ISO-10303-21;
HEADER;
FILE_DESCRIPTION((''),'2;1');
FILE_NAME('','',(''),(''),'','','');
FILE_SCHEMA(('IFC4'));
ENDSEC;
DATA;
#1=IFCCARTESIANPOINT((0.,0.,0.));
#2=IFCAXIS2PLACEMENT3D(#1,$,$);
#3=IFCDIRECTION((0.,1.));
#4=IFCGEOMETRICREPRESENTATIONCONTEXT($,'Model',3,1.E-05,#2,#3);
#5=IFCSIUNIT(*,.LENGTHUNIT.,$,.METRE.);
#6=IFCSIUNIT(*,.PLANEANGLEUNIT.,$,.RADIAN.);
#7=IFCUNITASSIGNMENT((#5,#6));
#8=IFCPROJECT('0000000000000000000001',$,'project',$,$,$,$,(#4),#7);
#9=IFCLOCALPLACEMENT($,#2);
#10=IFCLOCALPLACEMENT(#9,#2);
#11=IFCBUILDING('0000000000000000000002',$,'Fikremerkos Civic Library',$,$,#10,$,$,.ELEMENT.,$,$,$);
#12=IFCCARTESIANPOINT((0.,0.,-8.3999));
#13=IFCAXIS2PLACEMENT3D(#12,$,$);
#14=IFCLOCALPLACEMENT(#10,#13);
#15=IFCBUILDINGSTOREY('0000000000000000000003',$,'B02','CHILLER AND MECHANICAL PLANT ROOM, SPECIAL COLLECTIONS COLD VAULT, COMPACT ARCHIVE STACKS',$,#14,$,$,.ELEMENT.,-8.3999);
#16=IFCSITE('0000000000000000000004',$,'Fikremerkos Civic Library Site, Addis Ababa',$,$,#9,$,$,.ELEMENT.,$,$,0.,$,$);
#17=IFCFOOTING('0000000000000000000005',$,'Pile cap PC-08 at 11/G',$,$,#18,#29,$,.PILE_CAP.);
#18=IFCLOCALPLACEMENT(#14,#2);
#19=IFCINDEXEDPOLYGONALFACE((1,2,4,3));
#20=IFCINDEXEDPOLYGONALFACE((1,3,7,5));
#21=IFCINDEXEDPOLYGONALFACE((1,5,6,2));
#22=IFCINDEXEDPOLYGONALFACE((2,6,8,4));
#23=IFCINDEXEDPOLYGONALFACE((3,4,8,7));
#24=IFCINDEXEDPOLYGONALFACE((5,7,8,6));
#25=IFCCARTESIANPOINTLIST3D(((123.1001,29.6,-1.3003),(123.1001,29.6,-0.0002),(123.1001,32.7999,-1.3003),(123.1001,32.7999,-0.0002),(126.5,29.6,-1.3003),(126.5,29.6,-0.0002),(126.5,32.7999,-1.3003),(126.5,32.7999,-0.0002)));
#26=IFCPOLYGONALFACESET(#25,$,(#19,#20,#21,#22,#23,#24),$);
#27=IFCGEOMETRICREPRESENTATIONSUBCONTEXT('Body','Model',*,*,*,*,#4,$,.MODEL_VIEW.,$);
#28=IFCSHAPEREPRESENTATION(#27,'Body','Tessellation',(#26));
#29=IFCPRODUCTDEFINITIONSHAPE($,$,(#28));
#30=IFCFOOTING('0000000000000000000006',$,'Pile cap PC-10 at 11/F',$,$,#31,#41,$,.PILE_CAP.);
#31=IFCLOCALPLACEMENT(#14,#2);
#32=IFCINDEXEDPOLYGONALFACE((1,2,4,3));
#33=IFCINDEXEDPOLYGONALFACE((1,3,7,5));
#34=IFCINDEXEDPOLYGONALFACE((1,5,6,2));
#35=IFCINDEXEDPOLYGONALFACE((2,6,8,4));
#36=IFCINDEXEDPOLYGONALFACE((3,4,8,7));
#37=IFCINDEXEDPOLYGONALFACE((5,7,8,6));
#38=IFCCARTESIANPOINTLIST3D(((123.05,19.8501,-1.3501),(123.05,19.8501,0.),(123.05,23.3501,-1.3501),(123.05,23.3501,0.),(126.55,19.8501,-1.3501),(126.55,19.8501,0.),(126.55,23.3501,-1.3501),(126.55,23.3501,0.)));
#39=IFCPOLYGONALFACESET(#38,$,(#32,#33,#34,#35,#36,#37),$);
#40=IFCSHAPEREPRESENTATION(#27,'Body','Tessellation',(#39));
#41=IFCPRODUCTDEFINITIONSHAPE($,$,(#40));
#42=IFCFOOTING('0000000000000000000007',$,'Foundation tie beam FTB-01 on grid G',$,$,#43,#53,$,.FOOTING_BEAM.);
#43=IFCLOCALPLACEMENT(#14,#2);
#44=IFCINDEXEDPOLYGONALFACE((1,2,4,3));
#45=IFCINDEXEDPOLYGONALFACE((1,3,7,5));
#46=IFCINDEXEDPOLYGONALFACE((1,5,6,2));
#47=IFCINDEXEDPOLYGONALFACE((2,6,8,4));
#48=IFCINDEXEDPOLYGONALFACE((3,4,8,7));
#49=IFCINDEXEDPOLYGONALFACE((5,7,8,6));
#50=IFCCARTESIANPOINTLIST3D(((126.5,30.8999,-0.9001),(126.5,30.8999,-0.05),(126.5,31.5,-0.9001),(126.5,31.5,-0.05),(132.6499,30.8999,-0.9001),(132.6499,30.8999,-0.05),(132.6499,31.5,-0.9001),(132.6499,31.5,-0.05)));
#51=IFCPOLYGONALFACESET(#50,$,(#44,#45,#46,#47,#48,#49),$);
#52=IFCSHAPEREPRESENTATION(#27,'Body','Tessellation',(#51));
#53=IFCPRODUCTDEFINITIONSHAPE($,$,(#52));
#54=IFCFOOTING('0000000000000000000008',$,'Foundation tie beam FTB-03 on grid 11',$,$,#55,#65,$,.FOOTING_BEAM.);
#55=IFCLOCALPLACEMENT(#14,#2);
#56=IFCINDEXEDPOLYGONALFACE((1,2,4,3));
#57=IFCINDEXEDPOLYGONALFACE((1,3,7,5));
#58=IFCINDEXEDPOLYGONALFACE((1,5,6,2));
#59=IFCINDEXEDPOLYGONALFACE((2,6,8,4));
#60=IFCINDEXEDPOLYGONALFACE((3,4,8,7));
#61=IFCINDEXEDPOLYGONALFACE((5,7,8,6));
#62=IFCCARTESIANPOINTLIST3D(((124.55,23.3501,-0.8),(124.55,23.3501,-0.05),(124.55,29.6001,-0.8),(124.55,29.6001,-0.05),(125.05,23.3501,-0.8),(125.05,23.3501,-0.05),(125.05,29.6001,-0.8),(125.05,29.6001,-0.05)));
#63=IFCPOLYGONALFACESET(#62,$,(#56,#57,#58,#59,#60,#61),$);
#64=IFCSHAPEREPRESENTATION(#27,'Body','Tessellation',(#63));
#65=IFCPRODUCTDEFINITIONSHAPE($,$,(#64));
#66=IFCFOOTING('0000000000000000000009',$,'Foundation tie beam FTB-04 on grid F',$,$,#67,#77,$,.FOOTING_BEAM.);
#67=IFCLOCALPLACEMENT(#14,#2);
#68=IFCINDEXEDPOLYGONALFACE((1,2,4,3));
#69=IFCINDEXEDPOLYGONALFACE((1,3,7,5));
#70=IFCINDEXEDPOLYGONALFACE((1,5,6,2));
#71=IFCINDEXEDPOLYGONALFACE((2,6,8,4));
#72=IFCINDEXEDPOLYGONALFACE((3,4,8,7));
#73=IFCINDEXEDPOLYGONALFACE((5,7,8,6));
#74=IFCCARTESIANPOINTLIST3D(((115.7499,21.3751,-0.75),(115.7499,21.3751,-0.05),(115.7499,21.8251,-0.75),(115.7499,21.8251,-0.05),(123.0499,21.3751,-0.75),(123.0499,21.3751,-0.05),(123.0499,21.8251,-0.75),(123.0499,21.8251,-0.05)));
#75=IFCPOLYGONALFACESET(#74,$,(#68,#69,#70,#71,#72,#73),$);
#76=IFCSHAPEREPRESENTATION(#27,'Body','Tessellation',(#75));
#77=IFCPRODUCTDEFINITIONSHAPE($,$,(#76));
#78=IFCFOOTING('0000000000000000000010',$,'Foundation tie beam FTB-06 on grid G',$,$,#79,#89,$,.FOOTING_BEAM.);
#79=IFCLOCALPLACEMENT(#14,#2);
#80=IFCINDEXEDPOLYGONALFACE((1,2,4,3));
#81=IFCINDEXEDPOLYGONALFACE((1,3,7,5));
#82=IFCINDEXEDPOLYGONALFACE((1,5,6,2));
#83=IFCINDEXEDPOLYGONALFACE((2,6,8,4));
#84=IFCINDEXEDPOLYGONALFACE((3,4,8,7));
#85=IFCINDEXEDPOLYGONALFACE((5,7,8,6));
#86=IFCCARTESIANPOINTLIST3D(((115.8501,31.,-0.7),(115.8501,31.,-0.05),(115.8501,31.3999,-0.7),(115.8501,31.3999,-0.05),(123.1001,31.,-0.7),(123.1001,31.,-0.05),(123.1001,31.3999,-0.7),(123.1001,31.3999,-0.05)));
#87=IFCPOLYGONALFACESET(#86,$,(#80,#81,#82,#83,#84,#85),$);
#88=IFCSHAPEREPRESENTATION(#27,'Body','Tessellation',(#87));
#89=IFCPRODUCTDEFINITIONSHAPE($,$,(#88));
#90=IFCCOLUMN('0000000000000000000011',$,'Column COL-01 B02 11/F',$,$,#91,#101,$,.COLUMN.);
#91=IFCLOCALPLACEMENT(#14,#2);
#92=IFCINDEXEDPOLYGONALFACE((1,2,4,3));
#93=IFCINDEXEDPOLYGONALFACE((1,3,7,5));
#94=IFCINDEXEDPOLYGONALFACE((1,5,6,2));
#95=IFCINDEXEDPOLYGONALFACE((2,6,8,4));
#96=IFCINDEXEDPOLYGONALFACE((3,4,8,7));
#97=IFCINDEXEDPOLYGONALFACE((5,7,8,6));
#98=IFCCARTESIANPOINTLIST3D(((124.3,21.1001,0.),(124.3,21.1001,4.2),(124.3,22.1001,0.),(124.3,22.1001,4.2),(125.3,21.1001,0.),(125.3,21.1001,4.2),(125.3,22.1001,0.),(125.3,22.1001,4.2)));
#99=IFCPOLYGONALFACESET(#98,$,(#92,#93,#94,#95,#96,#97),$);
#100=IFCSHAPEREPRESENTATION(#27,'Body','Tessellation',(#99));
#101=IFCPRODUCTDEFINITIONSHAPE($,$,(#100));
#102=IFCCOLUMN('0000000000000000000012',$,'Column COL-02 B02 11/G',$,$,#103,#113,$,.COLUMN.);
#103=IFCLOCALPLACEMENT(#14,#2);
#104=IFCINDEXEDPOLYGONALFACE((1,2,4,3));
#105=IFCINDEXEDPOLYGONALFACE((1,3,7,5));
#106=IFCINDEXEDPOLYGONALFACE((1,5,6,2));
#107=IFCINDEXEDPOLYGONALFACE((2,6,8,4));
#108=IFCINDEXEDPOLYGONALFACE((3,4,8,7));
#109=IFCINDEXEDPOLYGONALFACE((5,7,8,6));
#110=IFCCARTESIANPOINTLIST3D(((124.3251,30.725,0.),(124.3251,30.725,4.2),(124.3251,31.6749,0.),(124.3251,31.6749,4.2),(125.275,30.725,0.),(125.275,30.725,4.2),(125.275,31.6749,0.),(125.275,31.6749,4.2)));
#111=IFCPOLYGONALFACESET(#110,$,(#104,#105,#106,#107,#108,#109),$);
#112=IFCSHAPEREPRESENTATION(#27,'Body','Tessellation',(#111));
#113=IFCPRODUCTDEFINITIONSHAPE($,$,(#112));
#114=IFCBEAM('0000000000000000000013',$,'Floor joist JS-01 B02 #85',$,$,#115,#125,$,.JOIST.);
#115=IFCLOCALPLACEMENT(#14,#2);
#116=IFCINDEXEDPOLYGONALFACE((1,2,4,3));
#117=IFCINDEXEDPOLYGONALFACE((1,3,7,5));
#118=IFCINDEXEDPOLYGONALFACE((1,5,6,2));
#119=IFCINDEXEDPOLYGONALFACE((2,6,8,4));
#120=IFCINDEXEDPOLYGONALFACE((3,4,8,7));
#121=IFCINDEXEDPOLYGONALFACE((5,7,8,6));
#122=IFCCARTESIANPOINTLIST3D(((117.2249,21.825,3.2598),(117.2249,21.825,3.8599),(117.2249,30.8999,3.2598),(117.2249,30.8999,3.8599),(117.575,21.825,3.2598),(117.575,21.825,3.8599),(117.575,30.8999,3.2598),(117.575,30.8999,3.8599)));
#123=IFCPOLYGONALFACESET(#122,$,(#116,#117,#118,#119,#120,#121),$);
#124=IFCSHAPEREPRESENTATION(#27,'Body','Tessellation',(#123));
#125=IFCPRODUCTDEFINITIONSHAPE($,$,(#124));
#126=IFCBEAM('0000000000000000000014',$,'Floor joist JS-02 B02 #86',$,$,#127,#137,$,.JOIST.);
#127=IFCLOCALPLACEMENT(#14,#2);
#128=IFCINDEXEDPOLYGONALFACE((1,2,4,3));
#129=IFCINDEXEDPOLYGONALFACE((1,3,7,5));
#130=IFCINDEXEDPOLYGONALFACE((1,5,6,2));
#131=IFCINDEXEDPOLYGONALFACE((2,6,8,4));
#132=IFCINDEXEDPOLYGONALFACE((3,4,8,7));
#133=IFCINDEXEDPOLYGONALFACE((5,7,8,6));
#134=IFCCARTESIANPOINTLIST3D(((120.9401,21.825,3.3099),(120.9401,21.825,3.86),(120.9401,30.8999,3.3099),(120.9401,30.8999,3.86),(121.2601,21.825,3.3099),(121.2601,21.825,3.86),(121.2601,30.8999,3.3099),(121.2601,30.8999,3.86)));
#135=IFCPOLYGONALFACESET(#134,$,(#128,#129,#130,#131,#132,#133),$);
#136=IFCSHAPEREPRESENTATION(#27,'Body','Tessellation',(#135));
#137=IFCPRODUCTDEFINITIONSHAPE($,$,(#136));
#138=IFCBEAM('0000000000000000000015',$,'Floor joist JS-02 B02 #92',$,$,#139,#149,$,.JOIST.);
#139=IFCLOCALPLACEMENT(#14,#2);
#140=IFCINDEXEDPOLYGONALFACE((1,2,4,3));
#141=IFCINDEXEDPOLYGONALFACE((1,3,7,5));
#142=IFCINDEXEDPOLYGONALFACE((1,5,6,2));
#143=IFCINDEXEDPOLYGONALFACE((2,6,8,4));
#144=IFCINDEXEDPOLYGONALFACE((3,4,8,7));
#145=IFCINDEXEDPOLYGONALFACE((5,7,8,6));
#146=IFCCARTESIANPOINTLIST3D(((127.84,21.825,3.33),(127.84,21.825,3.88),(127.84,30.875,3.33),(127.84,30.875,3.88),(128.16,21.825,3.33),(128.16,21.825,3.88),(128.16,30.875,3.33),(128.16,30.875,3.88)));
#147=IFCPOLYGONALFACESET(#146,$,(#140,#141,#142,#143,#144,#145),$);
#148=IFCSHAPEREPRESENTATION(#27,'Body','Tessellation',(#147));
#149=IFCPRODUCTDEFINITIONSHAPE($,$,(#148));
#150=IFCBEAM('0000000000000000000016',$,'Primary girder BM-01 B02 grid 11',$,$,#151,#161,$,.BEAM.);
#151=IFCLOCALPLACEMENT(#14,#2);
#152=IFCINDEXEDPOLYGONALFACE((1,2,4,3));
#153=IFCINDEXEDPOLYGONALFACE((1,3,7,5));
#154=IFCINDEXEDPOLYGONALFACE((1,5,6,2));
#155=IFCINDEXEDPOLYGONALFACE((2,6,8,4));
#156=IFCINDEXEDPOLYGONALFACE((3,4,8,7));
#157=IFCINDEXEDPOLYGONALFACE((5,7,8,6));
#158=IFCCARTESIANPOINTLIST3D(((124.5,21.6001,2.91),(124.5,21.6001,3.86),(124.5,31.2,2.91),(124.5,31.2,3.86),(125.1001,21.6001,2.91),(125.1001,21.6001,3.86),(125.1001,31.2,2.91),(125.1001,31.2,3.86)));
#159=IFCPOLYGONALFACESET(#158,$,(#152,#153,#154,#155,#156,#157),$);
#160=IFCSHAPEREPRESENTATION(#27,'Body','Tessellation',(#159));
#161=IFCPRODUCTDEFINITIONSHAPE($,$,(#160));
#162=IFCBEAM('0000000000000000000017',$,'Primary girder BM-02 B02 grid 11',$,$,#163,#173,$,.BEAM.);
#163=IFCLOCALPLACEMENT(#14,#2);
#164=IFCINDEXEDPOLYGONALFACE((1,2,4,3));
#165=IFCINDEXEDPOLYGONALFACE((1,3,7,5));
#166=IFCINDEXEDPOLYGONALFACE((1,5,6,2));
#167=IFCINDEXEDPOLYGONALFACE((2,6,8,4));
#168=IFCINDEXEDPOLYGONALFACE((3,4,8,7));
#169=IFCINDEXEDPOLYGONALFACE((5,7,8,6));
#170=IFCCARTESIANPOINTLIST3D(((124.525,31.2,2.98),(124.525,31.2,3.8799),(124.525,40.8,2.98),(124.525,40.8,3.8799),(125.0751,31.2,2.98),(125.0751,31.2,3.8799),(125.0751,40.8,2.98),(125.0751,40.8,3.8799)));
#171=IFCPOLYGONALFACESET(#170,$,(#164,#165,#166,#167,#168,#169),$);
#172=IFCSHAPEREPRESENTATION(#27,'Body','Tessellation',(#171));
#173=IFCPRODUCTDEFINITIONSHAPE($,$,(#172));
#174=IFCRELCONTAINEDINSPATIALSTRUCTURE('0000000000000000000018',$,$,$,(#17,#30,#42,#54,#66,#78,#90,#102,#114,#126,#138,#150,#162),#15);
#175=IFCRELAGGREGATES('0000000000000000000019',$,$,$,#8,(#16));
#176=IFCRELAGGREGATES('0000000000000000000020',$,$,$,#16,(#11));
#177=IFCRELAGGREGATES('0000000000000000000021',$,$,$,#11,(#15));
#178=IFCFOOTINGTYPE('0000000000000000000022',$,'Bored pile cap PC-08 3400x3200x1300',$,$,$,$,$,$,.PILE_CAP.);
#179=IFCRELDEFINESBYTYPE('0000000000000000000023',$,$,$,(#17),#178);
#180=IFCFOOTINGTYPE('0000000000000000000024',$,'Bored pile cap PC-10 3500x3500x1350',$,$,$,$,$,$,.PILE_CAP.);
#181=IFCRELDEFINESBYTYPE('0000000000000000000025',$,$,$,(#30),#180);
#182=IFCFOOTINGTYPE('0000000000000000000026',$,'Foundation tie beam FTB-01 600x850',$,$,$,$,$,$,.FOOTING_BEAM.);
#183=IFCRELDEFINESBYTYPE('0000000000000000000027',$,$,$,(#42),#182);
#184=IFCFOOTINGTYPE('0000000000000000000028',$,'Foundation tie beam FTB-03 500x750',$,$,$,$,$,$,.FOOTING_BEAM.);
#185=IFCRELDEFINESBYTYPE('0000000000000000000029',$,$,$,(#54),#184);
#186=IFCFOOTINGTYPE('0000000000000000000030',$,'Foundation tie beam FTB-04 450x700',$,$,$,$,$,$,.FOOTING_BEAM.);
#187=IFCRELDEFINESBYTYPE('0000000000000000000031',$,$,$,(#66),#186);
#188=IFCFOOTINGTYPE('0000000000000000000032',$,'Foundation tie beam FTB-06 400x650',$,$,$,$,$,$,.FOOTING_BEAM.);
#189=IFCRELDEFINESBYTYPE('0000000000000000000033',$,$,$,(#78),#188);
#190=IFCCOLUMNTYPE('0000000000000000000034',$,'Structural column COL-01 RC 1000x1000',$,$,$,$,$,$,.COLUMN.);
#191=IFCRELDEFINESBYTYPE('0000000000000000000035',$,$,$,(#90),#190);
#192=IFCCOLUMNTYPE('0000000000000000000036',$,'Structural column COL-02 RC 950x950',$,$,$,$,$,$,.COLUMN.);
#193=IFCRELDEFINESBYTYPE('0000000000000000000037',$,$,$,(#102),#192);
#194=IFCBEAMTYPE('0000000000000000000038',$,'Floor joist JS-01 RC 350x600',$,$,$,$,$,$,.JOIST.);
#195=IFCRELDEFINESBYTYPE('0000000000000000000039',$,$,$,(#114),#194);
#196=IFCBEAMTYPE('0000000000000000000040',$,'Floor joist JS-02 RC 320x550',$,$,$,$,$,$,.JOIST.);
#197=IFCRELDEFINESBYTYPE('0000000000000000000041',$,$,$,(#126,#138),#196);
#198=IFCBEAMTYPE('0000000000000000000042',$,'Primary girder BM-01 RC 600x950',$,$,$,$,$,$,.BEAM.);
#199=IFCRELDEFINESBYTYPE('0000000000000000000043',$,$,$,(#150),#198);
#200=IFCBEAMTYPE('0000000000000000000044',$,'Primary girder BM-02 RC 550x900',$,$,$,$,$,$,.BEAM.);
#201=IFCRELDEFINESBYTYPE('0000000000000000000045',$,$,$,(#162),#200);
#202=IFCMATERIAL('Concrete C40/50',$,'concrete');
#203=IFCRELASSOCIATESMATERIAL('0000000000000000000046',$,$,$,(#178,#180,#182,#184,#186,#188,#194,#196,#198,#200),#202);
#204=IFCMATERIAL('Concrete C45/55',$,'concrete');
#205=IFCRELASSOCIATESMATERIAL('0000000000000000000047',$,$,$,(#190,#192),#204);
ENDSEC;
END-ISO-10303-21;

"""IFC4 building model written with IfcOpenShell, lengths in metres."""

from ifc_helpers import new_model, si_unit, direction, frame, origin, origin_2d, place, context, subcontext, project, spatial, rectangle, extrude, material, material_profile, profile_set, type_object, element, save


model = new_model("IFC4")

# Units and contexts
model_context = context("Model", 3, precision=1e-05, world=origin(), true_north=direction((0.0, 1.0)))
body_context = subcontext(model_context, "Body", "Model", "MODEL_VIEW")
ifc_project = project(units=[si_unit("LENGTHUNIT", "METRE"), si_unit("PLANEANGLEUNIT", "RADIAN")], contexts=[model_context])

# Site, building, storey
site_placement = place(None, origin())
site = spatial("IfcSite", under=ifc_project, at=site_placement, Name="Fikremerkos Civic Library Site, Addis Ababa", CompositionType="ELEMENT", RefElevation=0.0)
building_placement = place(site_placement, origin())
building = spatial("IfcBuilding", under=site, at=building_placement, Name="Fikremerkos Civic Library", CompositionType="ELEMENT")
storey_placement = place(building_placement, frame((0.0, 0.0, -8.3999)))
storey = spatial("IfcBuildingStorey", under=building, at=storey_placement, Name="B02", Description="CHILLER AND MECHANICAL PLANT ROOM, SPECIAL COLLECTIONS COLD VAULT, COMPACT ARCHIVE STACKS", CompositionType="ELEMENT", Elevation=-8.3999)

# Footings
ifc_material_1 = material(Name="Concrete C40/50", Category="concrete")
footing_type_1 = type_object("IfcFootingType", Name="Bored pile cap PC-08 3400x3200x1300", PredefinedType="PILE_CAP", material=ifc_material_1)
footing_1_placement = place(storey_placement, frame((124.8, 31.2, -1.3003), z_axis=(0.0, 0.0, 1.0), x_axis=(1.0, 0.0, 0.0)))
element("IfcFooting", 1, at=footing_1_placement, inside=storey, type_object=footing_type_1, Name="Pile cap PC-08 at 11/G", PredefinedType="PILE_CAP", context=body_context, shape_type="SweptSolid", body=[
    extrude(rectangle(XDim=3.3999, YDim=3.2, at=origin_2d()), origin(), (0.0, 0.0, 1.0), 1.3),
])
footing_type_2 = type_object("IfcFootingType", Name="Bored pile cap PC-10 3500x3500x1350", PredefinedType="PILE_CAP", material=ifc_material_1)
footing_2_placement = place(storey_placement, frame((124.8, 21.6001, -1.3501), z_axis=(0.0, 0.0, 1.0), x_axis=(1.0, 0.0, 0.0)))
element("IfcFooting", 2, at=footing_2_placement, inside=storey, type_object=footing_type_2, Name="Pile cap PC-10 at 11/F", PredefinedType="PILE_CAP", context=body_context, shape_type="SweptSolid", body=[
    extrude(rectangle(XDim=3.5, YDim=3.5, at=origin_2d()), origin(), (0.0, 0.0, 1.0), 1.3501),
])
footing_type_3 = type_object("IfcFootingType", Name="Foundation tie beam FTB-01 600x850", PredefinedType="FOOTING_BEAM", material=ifc_material_1)
footing_3_placement = place(storey_placement, frame((129.575, 31.2, -0.9001), z_axis=(0.0, 0.0, 1.0), x_axis=(1.0, 0.0, 0.0)))
element("IfcFooting", 3, at=footing_3_placement, inside=storey, type_object=footing_type_3, Name="Foundation tie beam FTB-01 on grid G", PredefinedType="FOOTING_BEAM", context=body_context, shape_type="SweptSolid", body=[
    extrude(rectangle(XDim=6.1499, YDim=0.6001, at=origin_2d()), origin(), (0.0, 0.0, 1.0), 0.8501),
])
footing_type_4 = type_object("IfcFootingType", Name="Foundation tie beam FTB-03 500x750", PredefinedType="FOOTING_BEAM", material=ifc_material_1)
footing_4_placement = place(storey_placement, frame((124.8, 26.4751, -0.8), z_axis=(0.0, 0.0, 1.0), x_axis=(0.0, 1.0, 0.0)))
element("IfcFooting", 4, at=footing_4_placement, inside=storey, type_object=footing_type_4, Name="Foundation tie beam FTB-03 on grid 11", PredefinedType="FOOTING_BEAM", context=body_context, shape_type="SweptSolid", body=[
    extrude(rectangle(XDim=6.25, YDim=0.5, at=origin_2d()), origin(), (0.0, 0.0, 1.0), 0.75),
])
footing_type_5 = type_object("IfcFootingType", Name="Foundation tie beam FTB-04 450x700", PredefinedType="FOOTING_BEAM", material=ifc_material_1)
footing_5_placement = place(storey_placement, frame((119.3999, 21.6001, -0.75), z_axis=(0.0, 0.0, 1.0), x_axis=(1.0, 0.0, 0.0)))
element("IfcFooting", 5, at=footing_5_placement, inside=storey, type_object=footing_type_5, Name="Foundation tie beam FTB-04 on grid F", PredefinedType="FOOTING_BEAM", context=body_context, shape_type="SweptSolid", body=[
    extrude(rectangle(XDim=7.3, YDim=0.45, at=origin_2d()), origin(), (0.0, 0.0, 1.0), 0.7),
])
footing_type_6 = type_object("IfcFootingType", Name="Foundation tie beam FTB-06 400x650", PredefinedType="FOOTING_BEAM", material=ifc_material_1)
footing_6_placement = place(storey_placement, frame((119.4751, 31.2, -0.7), z_axis=(0.0, 0.0, 1.0), x_axis=(1.0, 0.0, 0.0)))
element("IfcFooting", 6, at=footing_6_placement, inside=storey, type_object=footing_type_6, Name="Foundation tie beam FTB-06 on grid G", PredefinedType="FOOTING_BEAM", context=body_context, shape_type="SweptSolid", body=[
    extrude(rectangle(XDim=7.25, YDim=0.3999, at=origin_2d()), origin(), (0.0, 0.0, 1.0), 0.6499),
])

# Columns
ifc_material_2 = material(Name="Concrete C45/55", Category="concrete")
ifc_material_profile_1 = material_profile(ifc_material_2, rectangle(XDim=1.0, YDim=1.0, at=origin_2d()), Name="RC 1000x1000")
ifc_profile_set_1 = profile_set([ifc_material_profile_1], Name="Concrete C45/55")
column_type_1 = type_object("IfcColumnType", Name="Structural column COL-01 RC 1000x1000", PredefinedType="COLUMN", material=ifc_profile_set_1)
column_1_placement = place(storey_placement, frame((124.8, 21.6001, 0.0), z_axis=(0.0, 0.0, 1.0), x_axis=(1.0, 0.0, 0.0)))
element("IfcColumn", 7, at=column_1_placement, inside=storey, type_object=column_type_1, Name="Column COL-01 B02 11/F", PredefinedType="COLUMN", context=body_context, shape_type="SweptSolid", body=[
    extrude(rectangle(XDim=1.0, YDim=1.0, at=origin_2d()), origin(), (0.0, 0.0, 1.0), 4.2),
])
ifc_material_profile_2 = material_profile(ifc_material_2, rectangle(XDim=0.95, YDim=0.95, at=origin_2d()), Name="RC 950x950")
ifc_profile_set_2 = profile_set([ifc_material_profile_2], Name="Concrete C45/55")
column_type_2 = type_object("IfcColumnType", Name="Structural column COL-02 RC 950x950", PredefinedType="COLUMN", material=ifc_profile_set_2)
column_2_placement = place(storey_placement, frame((124.8, 31.2, 0.0), z_axis=(0.0, 0.0, 1.0), x_axis=(1.0, 0.0, 0.0)))
element("IfcColumn", 8, at=column_2_placement, inside=storey, type_object=column_type_2, Name="Column COL-02 B02 11/G", PredefinedType="COLUMN", context=body_context, shape_type="SweptSolid", body=[
    extrude(rectangle(XDim=0.95, YDim=0.95, at=origin_2d()), origin(), (0.0, 0.0, 1.0), 4.2),
])

# Beams
ifc_material_profile_3 = material_profile(ifc_material_1, rectangle(XDim=0.3501, YDim=0.6001, at=origin_2d()), Name="RC 350x600")
ifc_profile_set_3 = profile_set([ifc_material_profile_3], Name="Concrete C40/50")
beam_type_1 = type_object("IfcBeamType", Name="Floor joist JS-01 RC 350x600", PredefinedType="JOIST", material=ifc_profile_set_3)
beam_1_placement = place(storey_placement, frame((117.3999, 21.825, 3.5598), z_axis=(0.0, 1.0, 0.0), x_axis=(-1.0, 0.0, 0.0)))
element("IfcBeam", 9, at=beam_1_placement, inside=storey, type_object=beam_type_1, Name="Floor joist JS-01 B02 #85", PredefinedType="JOIST", context=body_context, shape_type="SweptSolid", body=[
    extrude(rectangle(XDim=0.3501, YDim=0.6001, at=origin_2d()), origin(), (0.0, 0.0, 1.0), 9.075),
])
ifc_material_profile_4 = material_profile(ifc_material_1, rectangle(XDim=0.3201, YDim=0.55, at=origin_2d()), Name="RC 320x550")
ifc_profile_set_4 = profile_set([ifc_material_profile_4], Name="Concrete C40/50")
beam_type_2 = type_object("IfcBeamType", Name="Floor joist JS-02 RC 320x550", PredefinedType="JOIST", material=ifc_profile_set_4)
beam_2_placement = place(storey_placement, frame((121.1001, 21.825, 3.585), z_axis=(0.0, 1.0, 0.0), x_axis=(-1.0, 0.0, 0.0)))
element("IfcBeam", 10, at=beam_2_placement, inside=storey, type_object=beam_type_2, Name="Floor joist JS-02 B02 #86", PredefinedType="JOIST", context=body_context, shape_type="SweptSolid", body=[
    extrude(rectangle(XDim=0.3201, YDim=0.55, at=origin_2d()), origin(), (0.0, 0.0, 1.0), 9.075),
])
beam_3_placement = place(storey_placement, frame((128.0, 21.825, 3.605), z_axis=(0.0, 1.0, 0.0), x_axis=(-1.0, 0.0, 0.0)))
element("IfcBeam", 11, at=beam_3_placement, inside=storey, type_object=beam_type_2, Name="Floor joist JS-02 B02 #92", PredefinedType="JOIST", context=body_context, shape_type="SweptSolid", body=[
    extrude(rectangle(XDim=0.3201, YDim=0.55, at=origin_2d()), origin(), (0.0, 0.0, 1.0), 9.05),
])
ifc_material_profile_5 = material_profile(ifc_material_1, rectangle(XDim=0.6001, YDim=0.95, at=origin_2d()), Name="RC 600x950")
ifc_profile_set_5 = profile_set([ifc_material_profile_5], Name="Concrete C40/50")
beam_type_3 = type_object("IfcBeamType", Name="Primary girder BM-01 RC 600x950", PredefinedType="BEAM", material=ifc_profile_set_5)
beam_4_placement = place(storey_placement, frame((124.8, 21.6001, 3.385), z_axis=(0.0, 1.0, 0.0), x_axis=(-1.0, 0.0, 0.0)))
element("IfcBeam", 12, at=beam_4_placement, inside=storey, type_object=beam_type_3, Name="Primary girder BM-01 B02 grid 11", PredefinedType="BEAM", context=body_context, shape_type="SweptSolid", body=[
    extrude(rectangle(XDim=0.6001, YDim=0.95, at=origin_2d()), origin(), (0.0, 0.0, 1.0), 9.5999),
])
ifc_material_profile_6 = material_profile(ifc_material_1, rectangle(XDim=0.55, YDim=0.8999, at=origin_2d()), Name="RC 550x900")
ifc_profile_set_6 = profile_set([ifc_material_profile_6], Name="Concrete C40/50")
beam_type_4 = type_object("IfcBeamType", Name="Primary girder BM-02 RC 550x900", PredefinedType="BEAM", material=ifc_profile_set_6)
beam_5_placement = place(storey_placement, frame((124.8, 31.2, 3.4299), z_axis=(0.0, 1.0, 0.0), x_axis=(-1.0, 0.0, 0.0)))
element("IfcBeam", 13, at=beam_5_placement, inside=storey, type_object=beam_type_4, Name="Primary girder BM-02 B02 grid 11", PredefinedType="BEAM", context=body_context, shape_type="SweptSolid", body=[
    extrude(rectangle(XDim=0.55, YDim=0.8999, at=origin_2d()), origin(), (0.0, 0.0, 1.0), 9.6001),
])

save(model, "model.ifc")
